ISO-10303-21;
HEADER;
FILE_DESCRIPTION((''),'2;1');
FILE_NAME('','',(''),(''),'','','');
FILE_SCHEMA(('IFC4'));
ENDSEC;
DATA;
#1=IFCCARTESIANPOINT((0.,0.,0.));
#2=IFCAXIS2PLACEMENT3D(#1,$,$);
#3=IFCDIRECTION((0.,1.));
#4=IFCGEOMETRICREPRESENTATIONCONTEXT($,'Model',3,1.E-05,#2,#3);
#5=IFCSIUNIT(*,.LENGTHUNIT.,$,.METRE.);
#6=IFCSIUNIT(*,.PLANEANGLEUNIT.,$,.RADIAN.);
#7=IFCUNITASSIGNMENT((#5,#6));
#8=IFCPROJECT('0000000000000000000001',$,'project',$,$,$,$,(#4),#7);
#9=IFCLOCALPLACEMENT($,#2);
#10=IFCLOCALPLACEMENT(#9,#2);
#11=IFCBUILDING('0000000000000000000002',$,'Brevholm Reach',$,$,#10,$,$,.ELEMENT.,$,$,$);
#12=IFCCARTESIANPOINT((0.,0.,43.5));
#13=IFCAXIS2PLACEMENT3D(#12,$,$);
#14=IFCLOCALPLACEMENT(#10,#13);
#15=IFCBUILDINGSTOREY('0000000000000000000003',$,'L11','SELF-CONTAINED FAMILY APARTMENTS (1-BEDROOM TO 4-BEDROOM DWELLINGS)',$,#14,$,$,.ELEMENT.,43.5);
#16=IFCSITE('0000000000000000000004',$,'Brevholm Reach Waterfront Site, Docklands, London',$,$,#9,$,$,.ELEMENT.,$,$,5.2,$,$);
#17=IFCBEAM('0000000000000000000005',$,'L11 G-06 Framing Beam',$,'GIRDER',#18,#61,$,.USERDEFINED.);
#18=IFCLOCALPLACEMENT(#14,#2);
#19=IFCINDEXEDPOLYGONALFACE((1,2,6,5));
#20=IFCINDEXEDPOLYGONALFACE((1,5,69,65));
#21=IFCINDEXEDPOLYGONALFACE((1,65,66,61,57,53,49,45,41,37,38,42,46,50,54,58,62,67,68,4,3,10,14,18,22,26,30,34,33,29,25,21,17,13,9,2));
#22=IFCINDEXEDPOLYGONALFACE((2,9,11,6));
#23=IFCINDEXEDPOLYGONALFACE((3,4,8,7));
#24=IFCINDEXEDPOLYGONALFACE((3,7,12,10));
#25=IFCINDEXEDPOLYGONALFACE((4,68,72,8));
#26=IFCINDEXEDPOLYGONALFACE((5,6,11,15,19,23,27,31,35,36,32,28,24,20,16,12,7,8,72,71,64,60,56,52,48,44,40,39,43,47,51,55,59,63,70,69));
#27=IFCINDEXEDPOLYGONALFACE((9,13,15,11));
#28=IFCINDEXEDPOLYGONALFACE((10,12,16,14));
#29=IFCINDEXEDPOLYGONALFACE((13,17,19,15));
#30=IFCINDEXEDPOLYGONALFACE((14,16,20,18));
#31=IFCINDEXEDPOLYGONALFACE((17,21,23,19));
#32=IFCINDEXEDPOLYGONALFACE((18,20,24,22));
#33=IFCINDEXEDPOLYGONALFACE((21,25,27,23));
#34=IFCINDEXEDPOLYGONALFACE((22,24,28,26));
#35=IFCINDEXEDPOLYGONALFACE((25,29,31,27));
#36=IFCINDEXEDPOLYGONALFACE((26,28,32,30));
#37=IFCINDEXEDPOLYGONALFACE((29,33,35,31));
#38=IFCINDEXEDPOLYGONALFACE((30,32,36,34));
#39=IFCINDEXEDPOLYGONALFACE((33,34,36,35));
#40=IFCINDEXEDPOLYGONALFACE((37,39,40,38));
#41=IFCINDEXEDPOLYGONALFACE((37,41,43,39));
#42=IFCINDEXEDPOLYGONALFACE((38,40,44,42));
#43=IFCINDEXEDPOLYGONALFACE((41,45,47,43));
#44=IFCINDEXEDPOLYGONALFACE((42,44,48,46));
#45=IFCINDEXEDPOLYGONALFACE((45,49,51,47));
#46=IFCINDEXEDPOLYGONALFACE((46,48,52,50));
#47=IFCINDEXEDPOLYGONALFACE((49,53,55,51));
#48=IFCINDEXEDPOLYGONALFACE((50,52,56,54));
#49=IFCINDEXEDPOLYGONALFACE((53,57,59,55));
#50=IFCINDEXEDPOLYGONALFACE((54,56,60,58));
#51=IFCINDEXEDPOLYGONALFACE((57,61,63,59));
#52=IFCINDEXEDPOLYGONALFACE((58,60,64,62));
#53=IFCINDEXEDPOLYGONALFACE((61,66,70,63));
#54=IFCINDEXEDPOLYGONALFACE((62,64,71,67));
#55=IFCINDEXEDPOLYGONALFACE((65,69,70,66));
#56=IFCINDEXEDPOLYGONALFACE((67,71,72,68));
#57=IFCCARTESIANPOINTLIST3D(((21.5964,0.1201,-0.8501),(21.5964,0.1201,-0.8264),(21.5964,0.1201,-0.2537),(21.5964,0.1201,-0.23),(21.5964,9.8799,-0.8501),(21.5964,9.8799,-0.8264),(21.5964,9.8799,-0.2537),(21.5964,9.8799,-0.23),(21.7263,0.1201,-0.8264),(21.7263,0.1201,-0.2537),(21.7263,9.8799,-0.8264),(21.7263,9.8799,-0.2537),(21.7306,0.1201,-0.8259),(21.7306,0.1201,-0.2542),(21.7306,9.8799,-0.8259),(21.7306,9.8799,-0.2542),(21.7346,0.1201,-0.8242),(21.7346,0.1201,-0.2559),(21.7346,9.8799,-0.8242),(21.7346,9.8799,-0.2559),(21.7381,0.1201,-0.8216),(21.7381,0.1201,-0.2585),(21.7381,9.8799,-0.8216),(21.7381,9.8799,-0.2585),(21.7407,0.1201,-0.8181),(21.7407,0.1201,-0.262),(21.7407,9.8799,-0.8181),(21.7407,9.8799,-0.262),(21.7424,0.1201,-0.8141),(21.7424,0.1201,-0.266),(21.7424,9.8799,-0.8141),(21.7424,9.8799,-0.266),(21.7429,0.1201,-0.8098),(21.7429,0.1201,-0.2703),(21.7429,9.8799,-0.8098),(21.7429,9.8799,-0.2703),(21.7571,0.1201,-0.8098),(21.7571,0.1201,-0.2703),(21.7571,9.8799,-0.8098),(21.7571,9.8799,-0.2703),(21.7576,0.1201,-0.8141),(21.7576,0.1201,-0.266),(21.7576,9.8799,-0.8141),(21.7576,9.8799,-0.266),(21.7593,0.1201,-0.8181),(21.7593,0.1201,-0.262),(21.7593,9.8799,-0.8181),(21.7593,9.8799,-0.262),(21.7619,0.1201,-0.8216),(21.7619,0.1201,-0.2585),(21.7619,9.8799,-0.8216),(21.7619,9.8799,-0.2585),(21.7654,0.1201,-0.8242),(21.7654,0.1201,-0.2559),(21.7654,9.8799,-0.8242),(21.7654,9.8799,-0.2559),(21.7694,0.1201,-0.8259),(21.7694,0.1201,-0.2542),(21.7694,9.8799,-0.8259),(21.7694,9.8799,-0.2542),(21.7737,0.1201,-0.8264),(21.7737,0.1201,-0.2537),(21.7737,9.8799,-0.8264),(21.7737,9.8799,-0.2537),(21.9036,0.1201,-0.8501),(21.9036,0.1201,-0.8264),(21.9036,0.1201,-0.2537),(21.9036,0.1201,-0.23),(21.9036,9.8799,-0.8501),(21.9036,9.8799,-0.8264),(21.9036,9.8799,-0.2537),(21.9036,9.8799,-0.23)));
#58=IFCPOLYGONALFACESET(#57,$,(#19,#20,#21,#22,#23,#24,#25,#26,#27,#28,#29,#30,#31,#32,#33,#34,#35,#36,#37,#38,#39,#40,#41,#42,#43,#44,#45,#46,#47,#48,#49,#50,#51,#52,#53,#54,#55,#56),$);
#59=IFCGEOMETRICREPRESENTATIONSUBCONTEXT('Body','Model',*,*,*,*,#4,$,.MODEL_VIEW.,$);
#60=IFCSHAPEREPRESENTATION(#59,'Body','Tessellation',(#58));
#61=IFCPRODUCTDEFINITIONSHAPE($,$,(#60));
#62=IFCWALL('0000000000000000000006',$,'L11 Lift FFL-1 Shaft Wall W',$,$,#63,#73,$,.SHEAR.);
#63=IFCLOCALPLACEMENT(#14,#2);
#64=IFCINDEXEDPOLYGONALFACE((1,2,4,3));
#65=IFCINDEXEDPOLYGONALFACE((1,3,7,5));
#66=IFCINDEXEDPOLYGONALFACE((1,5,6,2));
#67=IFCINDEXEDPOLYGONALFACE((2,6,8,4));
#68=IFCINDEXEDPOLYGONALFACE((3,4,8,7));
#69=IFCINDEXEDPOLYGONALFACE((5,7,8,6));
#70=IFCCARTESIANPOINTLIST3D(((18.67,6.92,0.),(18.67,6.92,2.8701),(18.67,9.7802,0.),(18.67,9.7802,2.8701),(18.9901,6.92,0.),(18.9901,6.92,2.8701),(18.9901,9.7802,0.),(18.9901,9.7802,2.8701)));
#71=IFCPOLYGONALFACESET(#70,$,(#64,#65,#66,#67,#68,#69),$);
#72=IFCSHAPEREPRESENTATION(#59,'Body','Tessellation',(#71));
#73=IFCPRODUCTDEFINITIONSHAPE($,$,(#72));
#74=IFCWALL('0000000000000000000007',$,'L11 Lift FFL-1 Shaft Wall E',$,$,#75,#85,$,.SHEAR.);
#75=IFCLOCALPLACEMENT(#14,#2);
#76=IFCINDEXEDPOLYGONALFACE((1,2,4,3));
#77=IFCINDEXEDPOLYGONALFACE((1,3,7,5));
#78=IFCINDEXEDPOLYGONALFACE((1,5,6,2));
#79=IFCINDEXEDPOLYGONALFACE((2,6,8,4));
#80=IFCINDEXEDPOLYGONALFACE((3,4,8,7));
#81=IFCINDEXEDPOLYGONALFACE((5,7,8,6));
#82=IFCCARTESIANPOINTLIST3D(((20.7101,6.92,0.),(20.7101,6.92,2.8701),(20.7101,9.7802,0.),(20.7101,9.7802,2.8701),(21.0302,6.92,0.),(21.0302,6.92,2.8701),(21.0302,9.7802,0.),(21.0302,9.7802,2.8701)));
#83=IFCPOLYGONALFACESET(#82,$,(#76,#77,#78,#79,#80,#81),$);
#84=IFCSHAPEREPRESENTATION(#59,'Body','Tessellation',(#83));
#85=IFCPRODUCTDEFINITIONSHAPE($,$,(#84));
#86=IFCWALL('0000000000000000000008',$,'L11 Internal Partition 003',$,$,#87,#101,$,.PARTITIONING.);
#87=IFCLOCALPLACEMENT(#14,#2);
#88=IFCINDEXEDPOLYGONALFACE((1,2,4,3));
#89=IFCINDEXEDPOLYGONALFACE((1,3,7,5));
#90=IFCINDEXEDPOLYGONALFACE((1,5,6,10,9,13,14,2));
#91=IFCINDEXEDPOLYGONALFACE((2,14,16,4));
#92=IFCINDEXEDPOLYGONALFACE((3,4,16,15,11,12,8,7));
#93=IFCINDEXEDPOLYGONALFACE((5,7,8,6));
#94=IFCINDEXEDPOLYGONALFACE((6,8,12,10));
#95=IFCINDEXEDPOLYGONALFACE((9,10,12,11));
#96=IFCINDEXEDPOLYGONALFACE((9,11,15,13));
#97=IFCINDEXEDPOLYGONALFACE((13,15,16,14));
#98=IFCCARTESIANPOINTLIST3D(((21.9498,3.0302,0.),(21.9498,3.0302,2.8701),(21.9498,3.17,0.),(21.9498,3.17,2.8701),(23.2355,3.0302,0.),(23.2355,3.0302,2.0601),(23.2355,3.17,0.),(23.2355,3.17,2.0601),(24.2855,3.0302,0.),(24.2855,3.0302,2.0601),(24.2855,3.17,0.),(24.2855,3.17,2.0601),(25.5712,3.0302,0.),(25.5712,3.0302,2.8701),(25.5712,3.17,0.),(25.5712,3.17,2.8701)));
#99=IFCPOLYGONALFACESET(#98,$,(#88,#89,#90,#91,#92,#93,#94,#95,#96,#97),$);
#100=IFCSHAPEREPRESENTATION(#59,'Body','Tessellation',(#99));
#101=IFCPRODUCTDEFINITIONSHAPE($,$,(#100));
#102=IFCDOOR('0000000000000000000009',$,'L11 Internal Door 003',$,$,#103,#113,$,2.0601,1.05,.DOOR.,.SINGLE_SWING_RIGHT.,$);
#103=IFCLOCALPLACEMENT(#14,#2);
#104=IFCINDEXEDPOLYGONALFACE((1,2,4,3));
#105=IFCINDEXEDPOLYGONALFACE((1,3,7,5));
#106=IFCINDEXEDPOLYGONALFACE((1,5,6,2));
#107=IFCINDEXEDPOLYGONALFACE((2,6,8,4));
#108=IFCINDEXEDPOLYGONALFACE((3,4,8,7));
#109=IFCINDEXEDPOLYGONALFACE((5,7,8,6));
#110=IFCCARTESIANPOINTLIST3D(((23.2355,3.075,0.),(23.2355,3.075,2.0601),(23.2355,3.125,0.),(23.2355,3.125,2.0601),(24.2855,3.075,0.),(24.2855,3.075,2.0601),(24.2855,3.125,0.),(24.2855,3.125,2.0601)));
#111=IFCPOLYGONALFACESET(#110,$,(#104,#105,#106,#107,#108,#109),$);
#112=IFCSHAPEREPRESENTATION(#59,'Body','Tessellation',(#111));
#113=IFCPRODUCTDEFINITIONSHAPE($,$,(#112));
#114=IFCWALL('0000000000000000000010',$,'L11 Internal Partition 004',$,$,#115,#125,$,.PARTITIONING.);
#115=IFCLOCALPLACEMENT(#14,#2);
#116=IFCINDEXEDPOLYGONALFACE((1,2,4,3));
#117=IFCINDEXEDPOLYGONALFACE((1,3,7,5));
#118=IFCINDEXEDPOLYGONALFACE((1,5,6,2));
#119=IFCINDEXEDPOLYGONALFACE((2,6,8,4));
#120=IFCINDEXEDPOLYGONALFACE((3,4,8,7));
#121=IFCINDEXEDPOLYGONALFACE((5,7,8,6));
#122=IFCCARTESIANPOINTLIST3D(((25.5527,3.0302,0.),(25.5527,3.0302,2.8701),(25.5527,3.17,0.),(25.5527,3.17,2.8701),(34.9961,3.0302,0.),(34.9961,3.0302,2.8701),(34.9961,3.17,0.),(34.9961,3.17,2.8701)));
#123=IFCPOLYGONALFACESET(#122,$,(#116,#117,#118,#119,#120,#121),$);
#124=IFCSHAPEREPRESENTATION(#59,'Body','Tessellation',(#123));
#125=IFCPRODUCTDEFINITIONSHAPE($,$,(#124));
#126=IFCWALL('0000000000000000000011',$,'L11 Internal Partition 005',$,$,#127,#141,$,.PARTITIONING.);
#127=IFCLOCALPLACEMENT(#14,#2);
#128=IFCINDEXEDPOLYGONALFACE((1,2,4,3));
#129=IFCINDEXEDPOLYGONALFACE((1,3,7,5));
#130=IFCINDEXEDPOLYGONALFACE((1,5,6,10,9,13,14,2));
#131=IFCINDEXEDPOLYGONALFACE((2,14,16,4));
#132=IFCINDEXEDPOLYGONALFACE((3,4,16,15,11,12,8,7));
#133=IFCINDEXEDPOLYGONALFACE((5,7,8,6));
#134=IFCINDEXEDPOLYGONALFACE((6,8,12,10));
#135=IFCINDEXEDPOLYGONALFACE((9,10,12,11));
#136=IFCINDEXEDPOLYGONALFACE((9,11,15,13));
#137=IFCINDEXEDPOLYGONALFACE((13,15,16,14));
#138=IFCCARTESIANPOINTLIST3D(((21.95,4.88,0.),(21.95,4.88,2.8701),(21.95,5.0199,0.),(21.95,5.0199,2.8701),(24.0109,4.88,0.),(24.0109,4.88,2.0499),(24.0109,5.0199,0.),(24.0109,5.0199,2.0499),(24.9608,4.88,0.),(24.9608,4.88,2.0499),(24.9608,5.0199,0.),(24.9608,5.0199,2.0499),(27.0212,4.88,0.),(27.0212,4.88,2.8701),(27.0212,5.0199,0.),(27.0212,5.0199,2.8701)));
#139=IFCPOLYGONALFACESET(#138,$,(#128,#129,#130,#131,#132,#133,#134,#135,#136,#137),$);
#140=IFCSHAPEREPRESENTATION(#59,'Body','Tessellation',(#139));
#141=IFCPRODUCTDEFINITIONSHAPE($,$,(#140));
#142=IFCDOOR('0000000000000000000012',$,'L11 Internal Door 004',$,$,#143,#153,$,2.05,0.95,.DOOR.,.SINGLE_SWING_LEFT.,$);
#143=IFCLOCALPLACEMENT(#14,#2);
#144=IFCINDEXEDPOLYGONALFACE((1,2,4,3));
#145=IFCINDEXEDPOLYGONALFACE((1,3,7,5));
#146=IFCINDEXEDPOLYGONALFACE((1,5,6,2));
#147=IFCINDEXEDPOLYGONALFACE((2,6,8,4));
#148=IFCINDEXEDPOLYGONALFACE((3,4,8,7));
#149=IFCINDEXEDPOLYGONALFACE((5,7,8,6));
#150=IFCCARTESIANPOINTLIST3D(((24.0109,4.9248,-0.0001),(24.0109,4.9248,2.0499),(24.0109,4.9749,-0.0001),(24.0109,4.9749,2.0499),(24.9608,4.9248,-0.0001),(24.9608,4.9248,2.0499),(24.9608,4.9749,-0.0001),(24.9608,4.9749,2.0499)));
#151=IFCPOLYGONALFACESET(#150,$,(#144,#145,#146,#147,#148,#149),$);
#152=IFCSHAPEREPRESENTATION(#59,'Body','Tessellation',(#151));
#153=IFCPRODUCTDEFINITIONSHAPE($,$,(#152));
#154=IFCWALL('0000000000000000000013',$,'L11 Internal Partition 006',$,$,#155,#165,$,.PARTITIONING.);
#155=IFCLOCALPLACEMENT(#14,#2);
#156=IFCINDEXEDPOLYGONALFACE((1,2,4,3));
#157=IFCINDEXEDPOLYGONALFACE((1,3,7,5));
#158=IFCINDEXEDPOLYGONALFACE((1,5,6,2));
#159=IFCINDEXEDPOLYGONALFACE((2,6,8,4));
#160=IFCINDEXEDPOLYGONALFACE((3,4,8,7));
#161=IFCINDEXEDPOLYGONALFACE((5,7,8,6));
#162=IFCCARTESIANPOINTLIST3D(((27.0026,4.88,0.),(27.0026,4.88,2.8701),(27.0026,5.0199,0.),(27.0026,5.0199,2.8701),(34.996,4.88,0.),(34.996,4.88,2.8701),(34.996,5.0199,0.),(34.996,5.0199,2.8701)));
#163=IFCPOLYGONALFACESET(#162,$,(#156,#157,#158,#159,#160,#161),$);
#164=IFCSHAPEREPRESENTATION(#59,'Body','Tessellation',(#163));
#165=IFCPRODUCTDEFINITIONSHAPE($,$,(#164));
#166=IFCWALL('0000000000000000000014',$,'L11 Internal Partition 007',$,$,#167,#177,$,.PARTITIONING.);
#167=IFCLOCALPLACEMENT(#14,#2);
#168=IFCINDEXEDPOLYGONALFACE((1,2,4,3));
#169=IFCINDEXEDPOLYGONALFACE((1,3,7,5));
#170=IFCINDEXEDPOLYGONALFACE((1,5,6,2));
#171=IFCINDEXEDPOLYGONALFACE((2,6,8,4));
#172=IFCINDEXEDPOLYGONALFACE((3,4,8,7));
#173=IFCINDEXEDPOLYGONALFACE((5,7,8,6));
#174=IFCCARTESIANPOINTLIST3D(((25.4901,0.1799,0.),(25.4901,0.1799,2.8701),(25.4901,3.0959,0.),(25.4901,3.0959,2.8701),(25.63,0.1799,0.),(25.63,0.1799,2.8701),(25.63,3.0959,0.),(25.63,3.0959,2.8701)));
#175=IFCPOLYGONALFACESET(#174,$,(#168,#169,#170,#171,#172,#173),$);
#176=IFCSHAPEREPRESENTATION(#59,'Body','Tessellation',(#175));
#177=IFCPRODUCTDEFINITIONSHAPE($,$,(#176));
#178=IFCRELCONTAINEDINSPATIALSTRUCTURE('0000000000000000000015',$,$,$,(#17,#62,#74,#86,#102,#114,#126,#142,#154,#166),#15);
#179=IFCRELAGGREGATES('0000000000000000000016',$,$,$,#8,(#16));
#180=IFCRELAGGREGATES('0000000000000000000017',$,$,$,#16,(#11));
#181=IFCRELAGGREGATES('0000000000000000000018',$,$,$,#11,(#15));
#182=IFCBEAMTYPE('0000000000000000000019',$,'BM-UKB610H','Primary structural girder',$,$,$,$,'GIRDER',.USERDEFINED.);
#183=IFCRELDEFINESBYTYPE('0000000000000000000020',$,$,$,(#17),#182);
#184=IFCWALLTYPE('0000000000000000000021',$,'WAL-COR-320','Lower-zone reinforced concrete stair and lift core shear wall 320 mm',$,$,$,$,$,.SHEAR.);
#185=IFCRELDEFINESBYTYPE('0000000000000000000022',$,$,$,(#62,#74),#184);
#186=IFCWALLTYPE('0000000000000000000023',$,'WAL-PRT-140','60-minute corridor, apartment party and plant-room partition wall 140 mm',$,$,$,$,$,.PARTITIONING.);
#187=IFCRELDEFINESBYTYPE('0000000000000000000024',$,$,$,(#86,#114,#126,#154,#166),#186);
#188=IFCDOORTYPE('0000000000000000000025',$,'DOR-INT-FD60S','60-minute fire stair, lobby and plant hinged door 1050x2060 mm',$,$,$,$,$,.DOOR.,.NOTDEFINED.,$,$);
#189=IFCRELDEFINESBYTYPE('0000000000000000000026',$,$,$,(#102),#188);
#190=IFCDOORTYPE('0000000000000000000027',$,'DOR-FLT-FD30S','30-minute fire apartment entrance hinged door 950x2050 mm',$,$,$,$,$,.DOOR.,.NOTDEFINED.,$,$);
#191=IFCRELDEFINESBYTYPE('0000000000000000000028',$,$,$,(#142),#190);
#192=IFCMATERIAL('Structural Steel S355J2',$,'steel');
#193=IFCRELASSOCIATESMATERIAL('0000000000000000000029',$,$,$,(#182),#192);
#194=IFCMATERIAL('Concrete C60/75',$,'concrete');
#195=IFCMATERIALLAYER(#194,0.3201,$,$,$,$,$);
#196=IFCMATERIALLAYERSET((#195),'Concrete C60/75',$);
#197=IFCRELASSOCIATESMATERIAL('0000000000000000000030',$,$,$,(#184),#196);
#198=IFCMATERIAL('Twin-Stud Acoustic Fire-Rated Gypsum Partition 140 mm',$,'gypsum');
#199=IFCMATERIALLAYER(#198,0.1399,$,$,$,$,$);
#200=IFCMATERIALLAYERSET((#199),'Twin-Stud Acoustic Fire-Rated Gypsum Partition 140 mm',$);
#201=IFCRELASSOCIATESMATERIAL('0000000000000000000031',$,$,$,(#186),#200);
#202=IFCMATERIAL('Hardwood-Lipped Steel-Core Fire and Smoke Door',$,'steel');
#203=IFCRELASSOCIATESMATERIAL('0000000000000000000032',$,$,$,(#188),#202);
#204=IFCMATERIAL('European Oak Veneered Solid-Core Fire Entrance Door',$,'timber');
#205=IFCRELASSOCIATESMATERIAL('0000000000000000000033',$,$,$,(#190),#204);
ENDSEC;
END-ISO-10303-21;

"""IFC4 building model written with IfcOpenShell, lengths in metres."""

from ifc_helpers import new_model, si_unit, direction, frame, frame_2d, origin, origin_2d, place, context, subcontext, project, spatial, rectangle, i_section, extrude, material, layer, layer_set, material_profile, profile_set, type_object, element, fill, save


model = new_model("IFC4")

# Units and contexts
model_context = context("Model", 3, precision=1e-05, world=origin(), true_north=direction((0.0, 1.0)))
body_context = subcontext(model_context, "Body", "Model", "MODEL_VIEW")
ifc_project = project(units=[si_unit("LENGTHUNIT", "METRE"), si_unit("PLANEANGLEUNIT", "RADIAN")], contexts=[model_context])

# Site, building, storey
site_placement = place(None, origin())
site = spatial("IfcSite", under=ifc_project, at=site_placement, Name="Brevholm Reach Waterfront Site, Docklands, London", CompositionType="ELEMENT", RefElevation=5.2)
building_placement = place(site_placement, origin())
building = spatial("IfcBuilding", under=site, at=building_placement, Name="Brevholm Reach", CompositionType="ELEMENT")
storey_placement = place(building_placement, frame((0.0, 0.0, 43.5)))
storey = spatial("IfcBuildingStorey", under=building, at=storey_placement, Name="L11", Description="SELF-CONTAINED FAMILY APARTMENTS (1-BEDROOM TO 4-BEDROOM DWELLINGS)", CompositionType="ELEMENT", Elevation=43.5)

# Beam
ifc_material_1 = material(Name="Structural Steel S355J2", Category="steel")
ifc_material_profile_1 = material_profile(ifc_material_1, i_section(OverallWidth=0.3071, OverallDepth=0.6201, WebThickness=0.0142, FlangeThickness=0.0237, FilletRadius=0.0166, at=origin_2d()), Name="UKB 610x305x179")
ifc_profile_set_1 = profile_set([ifc_material_profile_1], Name="Structural Steel S355J2")
beam_type_1 = type_object("IfcBeamType", Name="BM-UKB610H", Description="Primary structural girder", ElementType="GIRDER", PredefinedType="USERDEFINED", material=ifc_profile_set_1)
for number, where, z_axis, x_axis, name in (
    (1, (21.75, 0.1201, -0.54), (0.0, 1.0, 0.0), (-1.0, 0.0, 0.0), "L11 G-06 Framing Beam"),
):
    element("IfcBeam", number, at=place(storey_placement, frame(where, z_axis=z_axis, x_axis=x_axis)), inside=storey, type_object=beam_type_1, Name=name, ObjectType="GIRDER", PredefinedType="USERDEFINED", context=body_context, shape_type="SweptSolid", body=[
        extrude(i_section(OverallWidth=0.3071, OverallDepth=0.6201, WebThickness=0.0142, FlangeThickness=0.0237, FilletRadius=0.0166, at=origin_2d()), origin(), (0.0, 0.0, 1.0), 9.7598),
    ])

# Walls
ifc_material_2 = material(Name="Concrete C60/75", Category="concrete")
ifc_layer_1 = layer(ifc_material_2, 0.3201)
ifc_layer_set_1 = layer_set([ifc_layer_1], Name="Concrete C60/75")
wall_type_1 = type_object("IfcWallType", Name="WAL-COR-320", Description="Lower-zone reinforced concrete stair and lift core shear wall 320 mm", PredefinedType="SHEAR", material=ifc_layer_set_1)
for number, where, z_axis, x_axis, name in (
    (2, (18.8301, 6.9199, 0.0), (0.0, 0.0, 1.0), (0.0, 1.0, 0.0), "L11 Lift FFL-1 Shaft Wall W"),
    (3, (20.8701, 6.9199, 0.0), (0.0, 0.0, 1.0), (0.0, 1.0, 0.0), "L11 Lift FFL-1 Shaft Wall E"),
):
    element("IfcWall", number, at=place(storey_placement, frame(where, z_axis=z_axis, x_axis=x_axis)), inside=storey, type_object=wall_type_1, Name=name, PredefinedType="SHEAR", context=body_context, shape_type="SweptSolid", body=[
        extrude(rectangle(XDim=2.8601, YDim=0.3201, at=frame_2d((1.4302, 0.0))), origin(), (0.0, 0.0, 1.0), 2.8701),
    ])

# Wall, opening, door
ifc_material_3 = material(Name="Twin-Stud Acoustic Fire-Rated Gypsum Partition 140 mm", Category="gypsum")
ifc_layer_2 = layer(ifc_material_3, 0.1399)
ifc_layer_set_2 = layer_set([ifc_layer_2], Name="Twin-Stud Acoustic Fire-Rated Gypsum Partition 140 mm")
wall_type_2 = type_object("IfcWallType", Name="WAL-PRT-140", Description="60-minute corridor, apartment party and plant-room partition wall 140 mm", PredefinedType="PARTITIONING", material=ifc_layer_set_2)
wall_1_placement = place(storey_placement, frame((21.95, 3.1001, 0.0), z_axis=(0.0, 0.0, 1.0), x_axis=(1.0, 0.0, 0.0)))
wall_1 = element("IfcWall", 4, at=wall_1_placement, inside=storey, type_object=wall_type_2, Name="L11 Internal Partition 003", PredefinedType="PARTITIONING", context=body_context, shape_type="SweptSolid", body=[
    extrude(rectangle(XDim=3.6213, YDim=0.1399, at=frame_2d((1.8105, 0.0))), origin(), (0.0, 0.0, 1.0), 2.8701),
])
opening_1_placement = place(wall_1_placement, frame((1.2856, 0.0, 0.0)))
opening_1 = element("IfcOpeningElement", 5, at=opening_1_placement, cuts=wall_1, PredefinedType="OPENING", context=body_context, shape_type="SweptSolid", body=[
    extrude(rectangle(XDim=1.05, YDim=2.0601, at=frame_2d((0.5249, 1.03))), frame((0.0, 0.0798, 0.0), z_axis=(0.0, -1.0, 0.0), x_axis=(1.0, 0.0, 0.0)), (0.0, 0.0, 1.0), 0.1599),
])
ifc_material_4 = material(Name="Hardwood-Lipped Steel-Core Fire and Smoke Door", Category="steel")
door_type_1 = type_object("IfcDoorType", Name="DOR-INT-FD60S", Description="60-minute fire stair, lobby and plant hinged door 1050x2060 mm", OperationType="NOTDEFINED", PredefinedType="DOOR", material=ifc_material_4)
door_1_placement = place(opening_1_placement, origin())
door_1 = element("IfcDoor", 6, at=door_1_placement, inside=storey, type_object=door_type_1, Name="L11 Internal Door 003", OperationType="SINGLE_SWING_RIGHT", OverallHeight=2.0601, OverallWidth=1.05, PredefinedType="DOOR", context=body_context, shape_type="SweptSolid", body=[
    extrude(rectangle(XDim=1.05, YDim=2.0601, at=frame_2d((0.5249, 1.03))), frame((0.0, 0.0249, 0.0), z_axis=(0.0, -1.0, 0.0), x_axis=(1.0, 0.0, 0.0)), (0.0, 0.0, 1.0), 0.05),
])
fill(opening_1, door_1)

# Wall
wall_2_placement = place(storey_placement, frame((25.5527, 3.1001, 0.0), z_axis=(0.0, 0.0, 1.0), x_axis=(1.0, 0.0, 0.0)))
element("IfcWall", 7, at=wall_2_placement, inside=storey, type_object=wall_type_2, Name="L11 Internal Partition 004", PredefinedType="PARTITIONING", context=body_context, shape_type="SweptSolid", body=[
    extrude(rectangle(XDim=9.4434, YDim=0.1399, at=frame_2d((4.7217, 0.0))), origin(), (0.0, 0.0, 1.0), 2.8701),
])

# Wall, opening, door
wall_3_placement = place(storey_placement, frame((21.95, 4.95, 0.0), z_axis=(0.0, 0.0, 1.0), x_axis=(1.0, 0.0, 0.0)))
wall_3 = element("IfcWall", 8, at=wall_3_placement, inside=storey, type_object=wall_type_2, Name="L11 Internal Partition 005", PredefinedType="PARTITIONING", context=body_context, shape_type="SweptSolid", body=[
    extrude(rectangle(XDim=5.0713, YDim=0.1399, at=frame_2d((2.5356, 0.0))), origin(), (0.0, 0.0, 1.0), 2.8701),
])
opening_2_placement = place(wall_3_placement, frame((2.0608, 0.0, 0.0)))
opening_2 = element("IfcOpeningElement", 9, at=opening_2_placement, cuts=wall_3, PredefinedType="OPENING", context=body_context, shape_type="SweptSolid", body=[
    extrude(rectangle(XDim=0.95, YDim=2.05, at=frame_2d((0.4751, 1.0249))), frame((0.0, 0.0798, 0.0), z_axis=(0.0, -1.0, 0.0), x_axis=(1.0, 0.0, 0.0)), (0.0, 0.0, 1.0), 0.1599),
])
ifc_material_5 = material(Name="European Oak Veneered Solid-Core Fire Entrance Door", Category="timber")
door_type_2 = type_object("IfcDoorType", Name="DOR-FLT-FD30S", Description="30-minute fire apartment entrance hinged door 950x2050 mm", OperationType="NOTDEFINED", PredefinedType="DOOR", material=ifc_material_5)
door_2_placement = place(opening_2_placement, origin())
door_2 = element("IfcDoor", 10, at=door_2_placement, inside=storey, type_object=door_type_2, Name="L11 Internal Door 004", OperationType="SINGLE_SWING_LEFT", OverallHeight=2.05, OverallWidth=0.95, PredefinedType="DOOR", context=body_context, shape_type="SweptSolid", body=[
    extrude(rectangle(XDim=0.95, YDim=2.05, at=frame_2d((0.4751, 1.0249))), frame((0.0, 0.0249, 0.0), z_axis=(0.0, -1.0, 0.0), x_axis=(1.0, 0.0, 0.0)), (0.0, 0.0, 1.0), 0.05),
])
fill(opening_2, door_2)

# Walls
wall_4_placement = place(storey_placement, frame((27.0027, 4.95, 0.0), z_axis=(0.0, 0.0, 1.0), x_axis=(1.0, 0.0, 0.0)))
element("IfcWall", 11, at=wall_4_placement, inside=storey, type_object=wall_type_2, Name="L11 Internal Partition 006", PredefinedType="PARTITIONING", context=body_context, shape_type="SweptSolid", body=[
    extrude(rectangle(XDim=7.9934, YDim=0.1399, at=frame_2d((3.9966, 0.0))), origin(), (0.0, 0.0, 1.0), 2.8701),
])
wall_5_placement = place(storey_placement, frame((25.5601, 0.1799, 0.0), z_axis=(0.0, 0.0, 1.0), x_axis=(0.0, 1.0, 0.0)))
element("IfcWall", 12, at=wall_5_placement, inside=storey, type_object=wall_type_2, Name="L11 Internal Partition 007", PredefinedType="PARTITIONING", context=body_context, shape_type="SweptSolid", body=[
    extrude(rectangle(XDim=2.916, YDim=0.1399, at=frame_2d((1.458, 0.0))), origin(), (0.0, 0.0, 1.0), 2.8701),
])

save(model, "model.ifc")
